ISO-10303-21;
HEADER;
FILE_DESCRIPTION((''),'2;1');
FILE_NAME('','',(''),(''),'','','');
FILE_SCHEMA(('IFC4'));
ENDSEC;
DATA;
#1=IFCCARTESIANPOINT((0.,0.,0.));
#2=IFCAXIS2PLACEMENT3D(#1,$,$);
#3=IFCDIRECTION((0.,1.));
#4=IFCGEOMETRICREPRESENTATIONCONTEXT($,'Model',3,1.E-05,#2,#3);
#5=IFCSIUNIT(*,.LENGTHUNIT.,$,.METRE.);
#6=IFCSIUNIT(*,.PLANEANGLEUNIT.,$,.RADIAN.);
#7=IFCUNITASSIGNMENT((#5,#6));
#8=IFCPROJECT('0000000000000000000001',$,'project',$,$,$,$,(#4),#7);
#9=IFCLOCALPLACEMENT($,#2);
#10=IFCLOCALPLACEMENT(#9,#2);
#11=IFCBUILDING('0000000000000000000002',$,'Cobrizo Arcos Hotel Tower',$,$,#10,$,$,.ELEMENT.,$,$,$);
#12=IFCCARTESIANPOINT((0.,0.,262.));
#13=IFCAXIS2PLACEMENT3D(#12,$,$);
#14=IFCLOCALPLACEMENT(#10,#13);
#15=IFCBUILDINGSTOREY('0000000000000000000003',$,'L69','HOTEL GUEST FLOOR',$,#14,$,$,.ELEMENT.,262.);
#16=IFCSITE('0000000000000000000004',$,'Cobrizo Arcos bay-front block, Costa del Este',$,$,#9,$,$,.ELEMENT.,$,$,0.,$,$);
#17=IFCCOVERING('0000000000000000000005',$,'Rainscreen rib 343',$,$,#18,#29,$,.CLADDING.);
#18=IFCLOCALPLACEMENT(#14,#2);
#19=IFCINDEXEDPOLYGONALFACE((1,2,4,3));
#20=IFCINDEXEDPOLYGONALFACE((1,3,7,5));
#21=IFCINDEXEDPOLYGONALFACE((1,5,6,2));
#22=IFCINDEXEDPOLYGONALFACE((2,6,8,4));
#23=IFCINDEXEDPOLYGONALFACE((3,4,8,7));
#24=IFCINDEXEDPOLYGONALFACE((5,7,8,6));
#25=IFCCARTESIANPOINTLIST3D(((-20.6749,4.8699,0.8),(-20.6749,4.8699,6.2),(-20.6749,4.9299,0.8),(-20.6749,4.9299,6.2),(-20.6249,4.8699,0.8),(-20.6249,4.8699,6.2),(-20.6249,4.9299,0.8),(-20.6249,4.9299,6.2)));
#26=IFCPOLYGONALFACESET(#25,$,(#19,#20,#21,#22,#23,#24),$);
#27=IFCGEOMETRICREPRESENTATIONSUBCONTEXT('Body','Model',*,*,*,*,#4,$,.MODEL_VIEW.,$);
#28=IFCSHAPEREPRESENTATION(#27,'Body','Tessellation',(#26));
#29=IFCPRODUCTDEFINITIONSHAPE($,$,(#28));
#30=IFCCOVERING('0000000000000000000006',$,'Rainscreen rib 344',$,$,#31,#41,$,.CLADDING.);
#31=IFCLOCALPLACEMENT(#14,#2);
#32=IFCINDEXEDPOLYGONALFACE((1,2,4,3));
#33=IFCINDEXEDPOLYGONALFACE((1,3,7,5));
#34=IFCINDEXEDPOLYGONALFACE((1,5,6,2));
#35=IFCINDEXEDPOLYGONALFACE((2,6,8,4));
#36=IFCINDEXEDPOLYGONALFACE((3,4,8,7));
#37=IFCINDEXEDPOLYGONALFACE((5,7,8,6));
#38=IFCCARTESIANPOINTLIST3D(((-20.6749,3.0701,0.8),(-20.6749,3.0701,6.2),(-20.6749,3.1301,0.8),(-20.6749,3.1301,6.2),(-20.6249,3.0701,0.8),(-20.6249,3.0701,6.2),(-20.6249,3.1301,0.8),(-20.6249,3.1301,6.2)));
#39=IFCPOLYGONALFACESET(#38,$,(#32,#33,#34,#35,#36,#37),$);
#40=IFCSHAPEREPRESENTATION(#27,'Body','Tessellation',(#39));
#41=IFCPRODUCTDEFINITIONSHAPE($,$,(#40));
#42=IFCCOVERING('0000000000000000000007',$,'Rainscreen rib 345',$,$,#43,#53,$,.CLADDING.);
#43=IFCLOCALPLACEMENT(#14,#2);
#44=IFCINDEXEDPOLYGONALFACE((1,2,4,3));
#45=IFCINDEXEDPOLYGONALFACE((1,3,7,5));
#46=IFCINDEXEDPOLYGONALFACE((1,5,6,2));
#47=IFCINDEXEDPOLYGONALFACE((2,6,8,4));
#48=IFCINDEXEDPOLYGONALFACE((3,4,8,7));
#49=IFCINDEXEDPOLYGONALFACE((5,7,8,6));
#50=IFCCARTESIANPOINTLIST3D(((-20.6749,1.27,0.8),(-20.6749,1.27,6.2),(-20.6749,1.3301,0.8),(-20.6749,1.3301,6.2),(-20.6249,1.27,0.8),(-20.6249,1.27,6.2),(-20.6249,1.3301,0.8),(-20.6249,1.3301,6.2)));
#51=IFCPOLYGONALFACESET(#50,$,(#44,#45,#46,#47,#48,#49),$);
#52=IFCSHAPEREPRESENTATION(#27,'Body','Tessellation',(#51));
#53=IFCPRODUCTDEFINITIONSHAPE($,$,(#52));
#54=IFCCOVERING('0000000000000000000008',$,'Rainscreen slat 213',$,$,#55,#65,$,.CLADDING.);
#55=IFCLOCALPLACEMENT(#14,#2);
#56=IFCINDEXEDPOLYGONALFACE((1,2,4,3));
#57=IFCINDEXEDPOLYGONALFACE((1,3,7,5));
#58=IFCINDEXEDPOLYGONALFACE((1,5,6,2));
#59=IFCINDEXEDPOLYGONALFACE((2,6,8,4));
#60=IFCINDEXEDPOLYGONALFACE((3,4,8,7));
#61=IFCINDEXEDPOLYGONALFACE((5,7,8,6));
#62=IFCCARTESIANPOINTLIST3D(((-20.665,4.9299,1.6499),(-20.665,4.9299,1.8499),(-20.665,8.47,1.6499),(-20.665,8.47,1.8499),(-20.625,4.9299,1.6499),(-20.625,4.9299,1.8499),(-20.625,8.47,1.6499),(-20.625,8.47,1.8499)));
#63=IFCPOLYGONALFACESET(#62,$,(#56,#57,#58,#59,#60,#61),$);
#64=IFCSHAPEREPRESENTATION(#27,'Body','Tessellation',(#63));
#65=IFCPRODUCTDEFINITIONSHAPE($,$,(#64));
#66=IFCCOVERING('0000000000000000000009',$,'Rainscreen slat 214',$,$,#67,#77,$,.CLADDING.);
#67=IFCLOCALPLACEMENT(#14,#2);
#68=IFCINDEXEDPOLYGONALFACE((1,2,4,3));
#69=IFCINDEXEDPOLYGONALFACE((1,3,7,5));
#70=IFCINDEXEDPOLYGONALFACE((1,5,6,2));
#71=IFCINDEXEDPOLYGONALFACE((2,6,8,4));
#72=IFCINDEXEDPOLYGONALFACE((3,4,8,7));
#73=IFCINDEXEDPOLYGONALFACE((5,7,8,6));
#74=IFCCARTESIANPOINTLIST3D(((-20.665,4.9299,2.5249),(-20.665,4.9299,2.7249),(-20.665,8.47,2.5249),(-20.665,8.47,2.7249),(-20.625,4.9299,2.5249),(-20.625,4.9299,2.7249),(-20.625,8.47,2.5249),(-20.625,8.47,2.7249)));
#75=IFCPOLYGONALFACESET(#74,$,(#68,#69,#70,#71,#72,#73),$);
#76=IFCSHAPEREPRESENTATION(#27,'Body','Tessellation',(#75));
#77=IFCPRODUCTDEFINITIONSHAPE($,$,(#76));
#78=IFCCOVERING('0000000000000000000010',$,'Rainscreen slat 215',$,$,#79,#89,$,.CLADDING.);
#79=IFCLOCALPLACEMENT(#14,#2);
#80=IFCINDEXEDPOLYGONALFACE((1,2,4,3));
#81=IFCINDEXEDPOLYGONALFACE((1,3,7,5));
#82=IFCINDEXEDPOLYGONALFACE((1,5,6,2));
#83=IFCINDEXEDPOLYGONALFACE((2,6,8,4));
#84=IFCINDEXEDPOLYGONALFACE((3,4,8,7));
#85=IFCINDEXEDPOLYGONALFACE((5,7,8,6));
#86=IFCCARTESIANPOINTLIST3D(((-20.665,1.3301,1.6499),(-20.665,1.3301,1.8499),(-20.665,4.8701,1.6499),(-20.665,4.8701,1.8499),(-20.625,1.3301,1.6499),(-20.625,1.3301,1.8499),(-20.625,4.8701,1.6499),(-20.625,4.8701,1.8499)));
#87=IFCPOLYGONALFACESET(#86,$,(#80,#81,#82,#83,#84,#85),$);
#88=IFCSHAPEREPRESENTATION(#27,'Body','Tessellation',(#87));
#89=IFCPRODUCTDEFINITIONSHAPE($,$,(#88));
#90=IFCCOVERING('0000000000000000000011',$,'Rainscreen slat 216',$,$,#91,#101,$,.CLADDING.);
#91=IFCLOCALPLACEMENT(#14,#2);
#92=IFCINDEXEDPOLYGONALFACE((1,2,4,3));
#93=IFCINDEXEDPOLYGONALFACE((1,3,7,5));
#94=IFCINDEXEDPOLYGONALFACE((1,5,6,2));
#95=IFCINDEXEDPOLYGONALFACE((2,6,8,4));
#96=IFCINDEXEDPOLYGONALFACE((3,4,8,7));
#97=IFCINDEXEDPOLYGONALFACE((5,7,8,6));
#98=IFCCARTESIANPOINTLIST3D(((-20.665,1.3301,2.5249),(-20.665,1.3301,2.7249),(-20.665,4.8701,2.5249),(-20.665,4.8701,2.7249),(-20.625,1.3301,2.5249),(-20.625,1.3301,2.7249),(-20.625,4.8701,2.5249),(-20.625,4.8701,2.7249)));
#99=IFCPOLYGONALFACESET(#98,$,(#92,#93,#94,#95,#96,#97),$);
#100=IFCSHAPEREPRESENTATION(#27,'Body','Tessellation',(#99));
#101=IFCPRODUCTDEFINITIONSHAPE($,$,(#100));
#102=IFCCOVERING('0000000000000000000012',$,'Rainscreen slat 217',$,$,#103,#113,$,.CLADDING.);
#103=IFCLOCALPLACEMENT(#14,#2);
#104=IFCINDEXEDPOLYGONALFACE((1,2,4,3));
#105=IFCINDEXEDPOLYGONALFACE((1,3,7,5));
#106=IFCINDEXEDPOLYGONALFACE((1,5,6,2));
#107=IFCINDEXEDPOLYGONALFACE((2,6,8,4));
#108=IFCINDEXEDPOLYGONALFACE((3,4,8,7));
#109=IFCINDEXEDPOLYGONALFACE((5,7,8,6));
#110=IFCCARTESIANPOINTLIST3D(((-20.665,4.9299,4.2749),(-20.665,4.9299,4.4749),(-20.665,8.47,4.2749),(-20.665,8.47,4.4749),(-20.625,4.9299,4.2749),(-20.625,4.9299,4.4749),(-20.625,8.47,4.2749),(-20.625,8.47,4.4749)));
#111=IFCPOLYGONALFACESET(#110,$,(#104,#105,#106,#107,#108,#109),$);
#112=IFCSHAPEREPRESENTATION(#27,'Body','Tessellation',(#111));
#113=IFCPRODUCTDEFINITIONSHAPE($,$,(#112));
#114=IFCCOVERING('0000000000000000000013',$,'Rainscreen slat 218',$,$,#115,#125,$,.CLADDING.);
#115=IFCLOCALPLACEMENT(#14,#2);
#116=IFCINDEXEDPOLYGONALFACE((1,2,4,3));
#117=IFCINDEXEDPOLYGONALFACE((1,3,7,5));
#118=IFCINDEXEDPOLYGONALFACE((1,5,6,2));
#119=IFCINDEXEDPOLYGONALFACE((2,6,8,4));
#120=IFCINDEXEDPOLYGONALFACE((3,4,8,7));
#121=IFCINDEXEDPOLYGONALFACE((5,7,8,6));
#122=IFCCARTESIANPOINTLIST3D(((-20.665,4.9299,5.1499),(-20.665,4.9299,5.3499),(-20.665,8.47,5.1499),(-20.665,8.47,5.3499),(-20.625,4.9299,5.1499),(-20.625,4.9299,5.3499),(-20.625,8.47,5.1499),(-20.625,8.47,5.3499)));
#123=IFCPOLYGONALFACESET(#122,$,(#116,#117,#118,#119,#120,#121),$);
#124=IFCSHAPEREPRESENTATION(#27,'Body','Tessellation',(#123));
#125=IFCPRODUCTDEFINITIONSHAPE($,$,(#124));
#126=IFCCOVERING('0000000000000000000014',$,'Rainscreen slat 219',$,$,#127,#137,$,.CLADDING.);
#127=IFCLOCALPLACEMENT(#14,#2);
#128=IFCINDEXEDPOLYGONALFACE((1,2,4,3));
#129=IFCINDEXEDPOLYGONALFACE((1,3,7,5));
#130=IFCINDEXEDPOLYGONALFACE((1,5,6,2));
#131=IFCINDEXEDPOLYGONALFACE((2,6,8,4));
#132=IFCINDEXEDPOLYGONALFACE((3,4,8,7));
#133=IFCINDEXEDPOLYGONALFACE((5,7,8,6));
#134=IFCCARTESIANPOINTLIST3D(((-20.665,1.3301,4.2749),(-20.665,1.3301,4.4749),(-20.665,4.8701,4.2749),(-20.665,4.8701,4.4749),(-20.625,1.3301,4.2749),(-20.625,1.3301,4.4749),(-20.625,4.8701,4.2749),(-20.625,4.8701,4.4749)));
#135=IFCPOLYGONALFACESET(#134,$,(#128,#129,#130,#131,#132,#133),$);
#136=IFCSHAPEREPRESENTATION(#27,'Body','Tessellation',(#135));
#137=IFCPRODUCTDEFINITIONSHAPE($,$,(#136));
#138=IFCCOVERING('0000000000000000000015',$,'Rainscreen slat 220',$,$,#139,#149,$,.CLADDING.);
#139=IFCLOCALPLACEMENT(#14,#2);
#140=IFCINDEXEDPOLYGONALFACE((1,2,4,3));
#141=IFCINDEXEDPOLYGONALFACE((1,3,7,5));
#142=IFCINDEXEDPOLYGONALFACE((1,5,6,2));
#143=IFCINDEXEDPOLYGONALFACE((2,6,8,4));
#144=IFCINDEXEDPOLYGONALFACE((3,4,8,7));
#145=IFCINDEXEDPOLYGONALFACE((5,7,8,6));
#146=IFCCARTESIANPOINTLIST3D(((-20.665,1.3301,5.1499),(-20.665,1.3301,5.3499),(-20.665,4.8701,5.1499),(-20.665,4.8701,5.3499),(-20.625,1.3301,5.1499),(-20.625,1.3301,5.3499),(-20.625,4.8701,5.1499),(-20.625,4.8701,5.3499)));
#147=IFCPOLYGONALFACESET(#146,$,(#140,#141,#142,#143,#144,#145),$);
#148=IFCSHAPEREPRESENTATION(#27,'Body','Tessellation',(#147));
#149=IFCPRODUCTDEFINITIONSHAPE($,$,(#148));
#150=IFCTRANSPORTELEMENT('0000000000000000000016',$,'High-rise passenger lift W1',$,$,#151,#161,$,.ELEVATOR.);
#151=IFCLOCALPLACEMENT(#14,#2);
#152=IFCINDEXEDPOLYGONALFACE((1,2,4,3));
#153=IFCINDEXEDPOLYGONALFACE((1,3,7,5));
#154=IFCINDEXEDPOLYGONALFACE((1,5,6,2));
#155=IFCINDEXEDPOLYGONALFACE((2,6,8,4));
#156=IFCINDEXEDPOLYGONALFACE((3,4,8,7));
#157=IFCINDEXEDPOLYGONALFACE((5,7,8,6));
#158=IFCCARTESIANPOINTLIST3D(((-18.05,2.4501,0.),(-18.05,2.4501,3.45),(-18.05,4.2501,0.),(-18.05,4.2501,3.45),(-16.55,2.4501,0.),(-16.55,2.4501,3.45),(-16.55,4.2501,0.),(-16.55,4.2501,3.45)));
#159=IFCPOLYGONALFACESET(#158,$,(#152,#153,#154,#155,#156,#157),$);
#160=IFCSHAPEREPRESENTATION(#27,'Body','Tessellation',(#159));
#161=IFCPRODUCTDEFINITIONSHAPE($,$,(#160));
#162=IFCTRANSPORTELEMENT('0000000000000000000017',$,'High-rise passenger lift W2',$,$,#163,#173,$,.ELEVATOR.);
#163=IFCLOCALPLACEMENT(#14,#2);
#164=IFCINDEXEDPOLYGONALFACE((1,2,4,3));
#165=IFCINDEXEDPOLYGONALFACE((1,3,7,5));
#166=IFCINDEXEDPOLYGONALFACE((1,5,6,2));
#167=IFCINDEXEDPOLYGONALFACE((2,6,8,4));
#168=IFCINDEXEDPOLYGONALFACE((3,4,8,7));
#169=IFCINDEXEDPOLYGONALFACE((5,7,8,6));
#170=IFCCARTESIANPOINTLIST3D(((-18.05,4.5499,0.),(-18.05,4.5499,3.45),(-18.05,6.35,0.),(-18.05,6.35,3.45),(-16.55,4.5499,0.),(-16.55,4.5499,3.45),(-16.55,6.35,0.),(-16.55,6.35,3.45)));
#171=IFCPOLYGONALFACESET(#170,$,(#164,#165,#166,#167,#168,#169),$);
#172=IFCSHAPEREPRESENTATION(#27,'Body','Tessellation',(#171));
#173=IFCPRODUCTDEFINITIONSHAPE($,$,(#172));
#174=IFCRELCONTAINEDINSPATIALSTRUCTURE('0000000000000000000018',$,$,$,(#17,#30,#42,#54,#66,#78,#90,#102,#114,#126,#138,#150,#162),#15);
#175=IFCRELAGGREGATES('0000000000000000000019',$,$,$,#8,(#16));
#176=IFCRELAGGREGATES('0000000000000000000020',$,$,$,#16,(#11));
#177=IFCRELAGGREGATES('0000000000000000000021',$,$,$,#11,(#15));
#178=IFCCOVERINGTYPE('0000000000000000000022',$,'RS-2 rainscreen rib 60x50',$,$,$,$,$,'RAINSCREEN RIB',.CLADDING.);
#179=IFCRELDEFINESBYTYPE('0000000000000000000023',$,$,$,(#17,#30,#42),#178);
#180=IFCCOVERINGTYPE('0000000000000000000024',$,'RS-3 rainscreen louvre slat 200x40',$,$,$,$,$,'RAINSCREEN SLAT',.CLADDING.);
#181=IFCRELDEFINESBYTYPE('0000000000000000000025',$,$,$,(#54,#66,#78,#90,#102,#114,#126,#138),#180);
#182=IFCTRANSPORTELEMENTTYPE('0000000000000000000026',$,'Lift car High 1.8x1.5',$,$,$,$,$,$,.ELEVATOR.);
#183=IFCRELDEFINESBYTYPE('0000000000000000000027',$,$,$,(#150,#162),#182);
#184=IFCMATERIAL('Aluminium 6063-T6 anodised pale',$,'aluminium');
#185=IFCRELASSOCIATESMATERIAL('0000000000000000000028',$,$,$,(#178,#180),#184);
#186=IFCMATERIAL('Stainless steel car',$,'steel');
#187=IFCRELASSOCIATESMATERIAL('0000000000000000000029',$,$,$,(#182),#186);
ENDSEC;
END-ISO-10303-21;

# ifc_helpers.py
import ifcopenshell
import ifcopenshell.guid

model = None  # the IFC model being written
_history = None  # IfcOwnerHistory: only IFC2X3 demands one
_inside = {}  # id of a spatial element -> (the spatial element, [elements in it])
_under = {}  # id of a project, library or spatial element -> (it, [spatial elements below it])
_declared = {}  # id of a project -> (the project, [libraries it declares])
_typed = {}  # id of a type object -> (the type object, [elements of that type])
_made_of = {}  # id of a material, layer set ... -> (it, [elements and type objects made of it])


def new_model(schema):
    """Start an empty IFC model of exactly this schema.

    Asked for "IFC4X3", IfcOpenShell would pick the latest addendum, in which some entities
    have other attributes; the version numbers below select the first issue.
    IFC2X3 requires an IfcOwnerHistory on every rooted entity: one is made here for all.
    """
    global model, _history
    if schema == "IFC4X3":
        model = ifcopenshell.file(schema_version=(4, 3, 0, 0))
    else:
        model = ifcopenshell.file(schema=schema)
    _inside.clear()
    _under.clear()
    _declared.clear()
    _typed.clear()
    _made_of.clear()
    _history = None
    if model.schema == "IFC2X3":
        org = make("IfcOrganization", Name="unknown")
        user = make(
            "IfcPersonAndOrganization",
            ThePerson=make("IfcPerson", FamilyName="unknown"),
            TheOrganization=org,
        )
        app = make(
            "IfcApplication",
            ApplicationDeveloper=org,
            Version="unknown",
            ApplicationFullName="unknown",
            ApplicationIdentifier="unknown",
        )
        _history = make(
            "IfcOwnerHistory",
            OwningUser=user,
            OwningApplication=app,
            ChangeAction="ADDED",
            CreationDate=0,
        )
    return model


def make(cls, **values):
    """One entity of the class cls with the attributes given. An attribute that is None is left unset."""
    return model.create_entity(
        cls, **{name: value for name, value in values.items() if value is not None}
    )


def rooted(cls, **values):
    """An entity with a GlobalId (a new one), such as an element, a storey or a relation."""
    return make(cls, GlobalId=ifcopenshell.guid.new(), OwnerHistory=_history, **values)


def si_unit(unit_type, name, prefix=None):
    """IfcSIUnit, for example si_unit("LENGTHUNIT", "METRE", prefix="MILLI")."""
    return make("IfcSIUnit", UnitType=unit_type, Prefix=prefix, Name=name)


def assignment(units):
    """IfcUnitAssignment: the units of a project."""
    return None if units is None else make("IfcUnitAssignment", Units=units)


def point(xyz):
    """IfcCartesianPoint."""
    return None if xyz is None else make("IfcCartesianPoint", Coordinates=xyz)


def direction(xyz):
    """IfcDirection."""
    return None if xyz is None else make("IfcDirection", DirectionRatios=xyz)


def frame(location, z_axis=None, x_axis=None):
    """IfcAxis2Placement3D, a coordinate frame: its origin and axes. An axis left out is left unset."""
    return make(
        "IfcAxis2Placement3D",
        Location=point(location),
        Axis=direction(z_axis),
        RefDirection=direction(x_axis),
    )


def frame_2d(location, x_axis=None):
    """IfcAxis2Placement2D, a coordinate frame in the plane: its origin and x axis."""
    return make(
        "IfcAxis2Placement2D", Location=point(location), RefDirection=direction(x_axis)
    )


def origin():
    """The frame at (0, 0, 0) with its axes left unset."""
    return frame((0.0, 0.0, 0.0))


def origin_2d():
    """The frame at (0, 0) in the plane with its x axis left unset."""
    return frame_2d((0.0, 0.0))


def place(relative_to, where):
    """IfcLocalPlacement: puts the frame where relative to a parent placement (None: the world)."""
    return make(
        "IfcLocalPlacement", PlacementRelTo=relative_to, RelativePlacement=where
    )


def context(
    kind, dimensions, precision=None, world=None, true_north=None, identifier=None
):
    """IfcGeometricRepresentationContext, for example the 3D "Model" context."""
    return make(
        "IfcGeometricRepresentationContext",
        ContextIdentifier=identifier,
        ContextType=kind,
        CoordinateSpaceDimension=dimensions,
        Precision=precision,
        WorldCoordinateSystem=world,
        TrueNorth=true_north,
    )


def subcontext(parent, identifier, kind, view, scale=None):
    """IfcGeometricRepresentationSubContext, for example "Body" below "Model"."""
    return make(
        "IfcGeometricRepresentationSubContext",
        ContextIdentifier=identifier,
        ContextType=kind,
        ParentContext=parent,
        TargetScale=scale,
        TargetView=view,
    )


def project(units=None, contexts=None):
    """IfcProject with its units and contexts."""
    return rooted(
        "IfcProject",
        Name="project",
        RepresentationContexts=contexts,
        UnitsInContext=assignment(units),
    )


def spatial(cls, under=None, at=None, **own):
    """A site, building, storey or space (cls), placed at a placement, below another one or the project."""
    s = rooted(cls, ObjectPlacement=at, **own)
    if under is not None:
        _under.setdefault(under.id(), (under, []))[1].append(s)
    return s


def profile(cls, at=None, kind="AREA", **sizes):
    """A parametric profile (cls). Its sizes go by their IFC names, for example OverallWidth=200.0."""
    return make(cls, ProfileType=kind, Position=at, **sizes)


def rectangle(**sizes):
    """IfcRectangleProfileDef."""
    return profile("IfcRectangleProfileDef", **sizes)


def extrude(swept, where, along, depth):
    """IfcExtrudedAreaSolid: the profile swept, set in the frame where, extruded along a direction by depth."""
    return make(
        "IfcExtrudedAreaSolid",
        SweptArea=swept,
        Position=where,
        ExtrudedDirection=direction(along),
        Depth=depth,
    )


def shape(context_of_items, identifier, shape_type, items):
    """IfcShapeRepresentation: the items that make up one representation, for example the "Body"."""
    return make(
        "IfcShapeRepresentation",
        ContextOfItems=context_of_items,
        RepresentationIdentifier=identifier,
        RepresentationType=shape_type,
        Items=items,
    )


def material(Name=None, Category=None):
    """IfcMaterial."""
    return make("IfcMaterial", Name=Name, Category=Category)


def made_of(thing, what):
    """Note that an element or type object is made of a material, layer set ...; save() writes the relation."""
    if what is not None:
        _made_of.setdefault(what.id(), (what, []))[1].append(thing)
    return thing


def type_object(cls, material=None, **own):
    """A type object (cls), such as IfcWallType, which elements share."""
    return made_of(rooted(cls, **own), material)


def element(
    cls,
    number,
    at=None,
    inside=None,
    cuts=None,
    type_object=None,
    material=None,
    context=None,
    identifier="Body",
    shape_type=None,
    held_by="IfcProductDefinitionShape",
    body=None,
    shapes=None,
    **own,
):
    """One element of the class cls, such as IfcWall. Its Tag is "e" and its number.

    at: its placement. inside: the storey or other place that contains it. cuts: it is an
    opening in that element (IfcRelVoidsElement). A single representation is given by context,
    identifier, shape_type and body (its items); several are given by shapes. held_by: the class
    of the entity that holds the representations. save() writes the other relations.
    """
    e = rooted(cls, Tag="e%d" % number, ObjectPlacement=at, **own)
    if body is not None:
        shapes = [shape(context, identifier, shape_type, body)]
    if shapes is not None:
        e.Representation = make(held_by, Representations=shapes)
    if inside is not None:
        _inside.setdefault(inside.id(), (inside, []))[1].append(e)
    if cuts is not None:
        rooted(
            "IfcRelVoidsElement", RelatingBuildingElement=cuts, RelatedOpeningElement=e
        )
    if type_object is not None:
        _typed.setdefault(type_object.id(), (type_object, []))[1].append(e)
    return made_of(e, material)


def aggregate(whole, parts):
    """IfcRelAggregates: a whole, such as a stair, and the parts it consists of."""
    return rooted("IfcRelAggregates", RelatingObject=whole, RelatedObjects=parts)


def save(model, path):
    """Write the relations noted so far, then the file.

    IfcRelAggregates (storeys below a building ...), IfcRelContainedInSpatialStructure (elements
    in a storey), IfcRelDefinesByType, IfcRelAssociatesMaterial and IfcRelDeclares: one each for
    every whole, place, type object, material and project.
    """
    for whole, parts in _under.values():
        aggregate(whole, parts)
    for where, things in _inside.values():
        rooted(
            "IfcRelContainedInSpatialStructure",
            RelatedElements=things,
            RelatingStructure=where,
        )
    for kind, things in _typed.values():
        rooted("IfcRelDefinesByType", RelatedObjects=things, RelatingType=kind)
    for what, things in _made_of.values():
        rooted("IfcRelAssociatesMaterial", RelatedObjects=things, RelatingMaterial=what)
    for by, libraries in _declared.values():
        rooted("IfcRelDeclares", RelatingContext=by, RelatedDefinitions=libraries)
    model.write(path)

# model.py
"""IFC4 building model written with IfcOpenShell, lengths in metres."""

from ifc_helpers import new_model, si_unit, direction, frame, origin, origin_2d, place, context, subcontext, project, spatial, rectangle, extrude, material, type_object, element, save


model = new_model("IFC4")

# Units and contexts
model_context = context("Model", 3, precision=1e-05, world=origin(), true_north=direction((0.0, 1.0)))
body_context = subcontext(model_context, "Body", "Model", "MODEL_VIEW")
ifc_project = project(units=[si_unit("LENGTHUNIT", "METRE"), si_unit("PLANEANGLEUNIT", "RADIAN")], contexts=[model_context])

# Site, building, storey
site_placement = place(None, origin())
site = spatial("IfcSite", under=ifc_project, at=site_placement, Name="Cobrizo Arcos bay-front block, Costa del Este", CompositionType="ELEMENT", RefElevation=0.0)
building_placement = place(site_placement, origin())
building = spatial("IfcBuilding", under=site, at=building_placement, Name="Cobrizo Arcos Hotel Tower", CompositionType="ELEMENT")
storey_placement = place(building_placement, frame((0.0, 0.0, 262.0)))
storey = spatial("IfcBuildingStorey", under=building, at=storey_placement, Name="L69", Description="HOTEL GUEST FLOOR", CompositionType="ELEMENT", Elevation=262.0)

# Coverings
ifc_material_1 = material(Name="Aluminium 6063-T6 anodised pale", Category="aluminium")
covering_type_1 = type_object("IfcCoveringType", Name="RS-2 rainscreen rib 60x50", ElementType="RAINSCREEN RIB", PredefinedType="CLADDING", material=ifc_material_1)
for number, where, z_axis, x_axis, name in (
    (1, (-20.6499, 4.8999, 0.8), (0.0, 0.0, 1.0), (0.0, -1.0, 0.0), "Rainscreen rib 343"),
    (2, (-20.6499, 3.1001, 0.8), (0.0, 0.0, 1.0), (0.0, -1.0, 0.0), "Rainscreen rib 344"),
    (3, (-20.6499, 1.3, 0.8), (0.0, 0.0, 1.0), (0.0, -1.0, 0.0), "Rainscreen rib 345"),
):
    element("IfcCovering", number, at=place(storey_placement, frame(where, z_axis=z_axis, x_axis=x_axis)), inside=storey, type_object=covering_type_1, Name=name, PredefinedType="CLADDING", context=body_context, shape_type="SweptSolid", body=[
        extrude(rectangle(XDim=0.0601, YDim=0.05, at=origin_2d()), origin(), (0.0, 0.0, 1.0), 5.3999),
    ])
covering_type_2 = type_object("IfcCoveringType", Name="RS-3 rainscreen louvre slat 200x40", ElementType="RAINSCREEN SLAT", PredefinedType="CLADDING", material=ifc_material_1)
for number, where, z_axis, x_axis, name in (
    (4, (-20.645, 6.7, 1.6499), (0.0, 0.0, 1.0), (0.0, -1.0, 0.0), "Rainscreen slat 213"),
    (5, (-20.645, 6.7, 2.5249), (0.0, 0.0, 1.0), (0.0, -1.0, 0.0), "Rainscreen slat 214"),
    (6, (-20.645, 3.1001, 1.6499), (0.0, 0.0, 1.0), (0.0, -1.0, 0.0), "Rainscreen slat 215"),
    (7, (-20.645, 3.1001, 2.5249), (0.0, 0.0, 1.0), (0.0, -1.0, 0.0), "Rainscreen slat 216"),
    (8, (-20.645, 6.7, 4.2749), (0.0, 0.0, 1.0), (0.0, -1.0, 0.0), "Rainscreen slat 217"),
    (9, (-20.645, 6.7, 5.1499), (0.0, 0.0, 1.0), (0.0, -1.0, 0.0), "Rainscreen slat 218"),
    (10, (-20.645, 3.1001, 4.2749), (0.0, 0.0, 1.0), (0.0, -1.0, 0.0), "Rainscreen slat 219"),
    (11, (-20.645, 3.1001, 5.1499), (0.0, 0.0, 1.0), (0.0, -1.0, 0.0), "Rainscreen slat 220"),
):
    element("IfcCovering", number, at=place(storey_placement, frame(where, z_axis=z_axis, x_axis=x_axis)), inside=storey, type_object=covering_type_2, Name=name, PredefinedType="CLADDING", context=body_context, shape_type="SweptSolid", body=[
        extrude(rectangle(XDim=3.54, YDim=0.04, at=origin_2d()), origin(), (0.0, 0.0, 1.0), 0.2),
    ])

# Transport elements
ifc_material_2 = material(Name="Stainless steel car", Category="steel")
transport_element_type = type_object("IfcTransportElementType", Name="Lift car High 1.8x1.5", PredefinedType="ELEVATOR", material=ifc_material_2)
for number, where, z_axis, x_axis, name in (
    (12, (-17.3, 3.3501, 0.0), (0.0, 0.0, 1.0), (1.0, 0.0, 0.0), "High-rise passenger lift W1"),
    (13, (-17.3, 5.45, 0.0), (0.0, 0.0, 1.0), (1.0, 0.0, 0.0), "High-rise passenger lift W2"),
):
    element("IfcTransportElement", number, at=place(storey_placement, frame(where, z_axis=z_axis, x_axis=x_axis)), inside=storey, type_object=transport_element_type, Name=name, PredefinedType="ELEVATOR", context=body_context, shape_type="SweptSolid", body=[
        extrude(rectangle(XDim=1.5, YDim=1.8, at=origin_2d()), origin(), (0.0, 0.0, 1.0), 3.45),
    ])

save(model, "model.ifc")
